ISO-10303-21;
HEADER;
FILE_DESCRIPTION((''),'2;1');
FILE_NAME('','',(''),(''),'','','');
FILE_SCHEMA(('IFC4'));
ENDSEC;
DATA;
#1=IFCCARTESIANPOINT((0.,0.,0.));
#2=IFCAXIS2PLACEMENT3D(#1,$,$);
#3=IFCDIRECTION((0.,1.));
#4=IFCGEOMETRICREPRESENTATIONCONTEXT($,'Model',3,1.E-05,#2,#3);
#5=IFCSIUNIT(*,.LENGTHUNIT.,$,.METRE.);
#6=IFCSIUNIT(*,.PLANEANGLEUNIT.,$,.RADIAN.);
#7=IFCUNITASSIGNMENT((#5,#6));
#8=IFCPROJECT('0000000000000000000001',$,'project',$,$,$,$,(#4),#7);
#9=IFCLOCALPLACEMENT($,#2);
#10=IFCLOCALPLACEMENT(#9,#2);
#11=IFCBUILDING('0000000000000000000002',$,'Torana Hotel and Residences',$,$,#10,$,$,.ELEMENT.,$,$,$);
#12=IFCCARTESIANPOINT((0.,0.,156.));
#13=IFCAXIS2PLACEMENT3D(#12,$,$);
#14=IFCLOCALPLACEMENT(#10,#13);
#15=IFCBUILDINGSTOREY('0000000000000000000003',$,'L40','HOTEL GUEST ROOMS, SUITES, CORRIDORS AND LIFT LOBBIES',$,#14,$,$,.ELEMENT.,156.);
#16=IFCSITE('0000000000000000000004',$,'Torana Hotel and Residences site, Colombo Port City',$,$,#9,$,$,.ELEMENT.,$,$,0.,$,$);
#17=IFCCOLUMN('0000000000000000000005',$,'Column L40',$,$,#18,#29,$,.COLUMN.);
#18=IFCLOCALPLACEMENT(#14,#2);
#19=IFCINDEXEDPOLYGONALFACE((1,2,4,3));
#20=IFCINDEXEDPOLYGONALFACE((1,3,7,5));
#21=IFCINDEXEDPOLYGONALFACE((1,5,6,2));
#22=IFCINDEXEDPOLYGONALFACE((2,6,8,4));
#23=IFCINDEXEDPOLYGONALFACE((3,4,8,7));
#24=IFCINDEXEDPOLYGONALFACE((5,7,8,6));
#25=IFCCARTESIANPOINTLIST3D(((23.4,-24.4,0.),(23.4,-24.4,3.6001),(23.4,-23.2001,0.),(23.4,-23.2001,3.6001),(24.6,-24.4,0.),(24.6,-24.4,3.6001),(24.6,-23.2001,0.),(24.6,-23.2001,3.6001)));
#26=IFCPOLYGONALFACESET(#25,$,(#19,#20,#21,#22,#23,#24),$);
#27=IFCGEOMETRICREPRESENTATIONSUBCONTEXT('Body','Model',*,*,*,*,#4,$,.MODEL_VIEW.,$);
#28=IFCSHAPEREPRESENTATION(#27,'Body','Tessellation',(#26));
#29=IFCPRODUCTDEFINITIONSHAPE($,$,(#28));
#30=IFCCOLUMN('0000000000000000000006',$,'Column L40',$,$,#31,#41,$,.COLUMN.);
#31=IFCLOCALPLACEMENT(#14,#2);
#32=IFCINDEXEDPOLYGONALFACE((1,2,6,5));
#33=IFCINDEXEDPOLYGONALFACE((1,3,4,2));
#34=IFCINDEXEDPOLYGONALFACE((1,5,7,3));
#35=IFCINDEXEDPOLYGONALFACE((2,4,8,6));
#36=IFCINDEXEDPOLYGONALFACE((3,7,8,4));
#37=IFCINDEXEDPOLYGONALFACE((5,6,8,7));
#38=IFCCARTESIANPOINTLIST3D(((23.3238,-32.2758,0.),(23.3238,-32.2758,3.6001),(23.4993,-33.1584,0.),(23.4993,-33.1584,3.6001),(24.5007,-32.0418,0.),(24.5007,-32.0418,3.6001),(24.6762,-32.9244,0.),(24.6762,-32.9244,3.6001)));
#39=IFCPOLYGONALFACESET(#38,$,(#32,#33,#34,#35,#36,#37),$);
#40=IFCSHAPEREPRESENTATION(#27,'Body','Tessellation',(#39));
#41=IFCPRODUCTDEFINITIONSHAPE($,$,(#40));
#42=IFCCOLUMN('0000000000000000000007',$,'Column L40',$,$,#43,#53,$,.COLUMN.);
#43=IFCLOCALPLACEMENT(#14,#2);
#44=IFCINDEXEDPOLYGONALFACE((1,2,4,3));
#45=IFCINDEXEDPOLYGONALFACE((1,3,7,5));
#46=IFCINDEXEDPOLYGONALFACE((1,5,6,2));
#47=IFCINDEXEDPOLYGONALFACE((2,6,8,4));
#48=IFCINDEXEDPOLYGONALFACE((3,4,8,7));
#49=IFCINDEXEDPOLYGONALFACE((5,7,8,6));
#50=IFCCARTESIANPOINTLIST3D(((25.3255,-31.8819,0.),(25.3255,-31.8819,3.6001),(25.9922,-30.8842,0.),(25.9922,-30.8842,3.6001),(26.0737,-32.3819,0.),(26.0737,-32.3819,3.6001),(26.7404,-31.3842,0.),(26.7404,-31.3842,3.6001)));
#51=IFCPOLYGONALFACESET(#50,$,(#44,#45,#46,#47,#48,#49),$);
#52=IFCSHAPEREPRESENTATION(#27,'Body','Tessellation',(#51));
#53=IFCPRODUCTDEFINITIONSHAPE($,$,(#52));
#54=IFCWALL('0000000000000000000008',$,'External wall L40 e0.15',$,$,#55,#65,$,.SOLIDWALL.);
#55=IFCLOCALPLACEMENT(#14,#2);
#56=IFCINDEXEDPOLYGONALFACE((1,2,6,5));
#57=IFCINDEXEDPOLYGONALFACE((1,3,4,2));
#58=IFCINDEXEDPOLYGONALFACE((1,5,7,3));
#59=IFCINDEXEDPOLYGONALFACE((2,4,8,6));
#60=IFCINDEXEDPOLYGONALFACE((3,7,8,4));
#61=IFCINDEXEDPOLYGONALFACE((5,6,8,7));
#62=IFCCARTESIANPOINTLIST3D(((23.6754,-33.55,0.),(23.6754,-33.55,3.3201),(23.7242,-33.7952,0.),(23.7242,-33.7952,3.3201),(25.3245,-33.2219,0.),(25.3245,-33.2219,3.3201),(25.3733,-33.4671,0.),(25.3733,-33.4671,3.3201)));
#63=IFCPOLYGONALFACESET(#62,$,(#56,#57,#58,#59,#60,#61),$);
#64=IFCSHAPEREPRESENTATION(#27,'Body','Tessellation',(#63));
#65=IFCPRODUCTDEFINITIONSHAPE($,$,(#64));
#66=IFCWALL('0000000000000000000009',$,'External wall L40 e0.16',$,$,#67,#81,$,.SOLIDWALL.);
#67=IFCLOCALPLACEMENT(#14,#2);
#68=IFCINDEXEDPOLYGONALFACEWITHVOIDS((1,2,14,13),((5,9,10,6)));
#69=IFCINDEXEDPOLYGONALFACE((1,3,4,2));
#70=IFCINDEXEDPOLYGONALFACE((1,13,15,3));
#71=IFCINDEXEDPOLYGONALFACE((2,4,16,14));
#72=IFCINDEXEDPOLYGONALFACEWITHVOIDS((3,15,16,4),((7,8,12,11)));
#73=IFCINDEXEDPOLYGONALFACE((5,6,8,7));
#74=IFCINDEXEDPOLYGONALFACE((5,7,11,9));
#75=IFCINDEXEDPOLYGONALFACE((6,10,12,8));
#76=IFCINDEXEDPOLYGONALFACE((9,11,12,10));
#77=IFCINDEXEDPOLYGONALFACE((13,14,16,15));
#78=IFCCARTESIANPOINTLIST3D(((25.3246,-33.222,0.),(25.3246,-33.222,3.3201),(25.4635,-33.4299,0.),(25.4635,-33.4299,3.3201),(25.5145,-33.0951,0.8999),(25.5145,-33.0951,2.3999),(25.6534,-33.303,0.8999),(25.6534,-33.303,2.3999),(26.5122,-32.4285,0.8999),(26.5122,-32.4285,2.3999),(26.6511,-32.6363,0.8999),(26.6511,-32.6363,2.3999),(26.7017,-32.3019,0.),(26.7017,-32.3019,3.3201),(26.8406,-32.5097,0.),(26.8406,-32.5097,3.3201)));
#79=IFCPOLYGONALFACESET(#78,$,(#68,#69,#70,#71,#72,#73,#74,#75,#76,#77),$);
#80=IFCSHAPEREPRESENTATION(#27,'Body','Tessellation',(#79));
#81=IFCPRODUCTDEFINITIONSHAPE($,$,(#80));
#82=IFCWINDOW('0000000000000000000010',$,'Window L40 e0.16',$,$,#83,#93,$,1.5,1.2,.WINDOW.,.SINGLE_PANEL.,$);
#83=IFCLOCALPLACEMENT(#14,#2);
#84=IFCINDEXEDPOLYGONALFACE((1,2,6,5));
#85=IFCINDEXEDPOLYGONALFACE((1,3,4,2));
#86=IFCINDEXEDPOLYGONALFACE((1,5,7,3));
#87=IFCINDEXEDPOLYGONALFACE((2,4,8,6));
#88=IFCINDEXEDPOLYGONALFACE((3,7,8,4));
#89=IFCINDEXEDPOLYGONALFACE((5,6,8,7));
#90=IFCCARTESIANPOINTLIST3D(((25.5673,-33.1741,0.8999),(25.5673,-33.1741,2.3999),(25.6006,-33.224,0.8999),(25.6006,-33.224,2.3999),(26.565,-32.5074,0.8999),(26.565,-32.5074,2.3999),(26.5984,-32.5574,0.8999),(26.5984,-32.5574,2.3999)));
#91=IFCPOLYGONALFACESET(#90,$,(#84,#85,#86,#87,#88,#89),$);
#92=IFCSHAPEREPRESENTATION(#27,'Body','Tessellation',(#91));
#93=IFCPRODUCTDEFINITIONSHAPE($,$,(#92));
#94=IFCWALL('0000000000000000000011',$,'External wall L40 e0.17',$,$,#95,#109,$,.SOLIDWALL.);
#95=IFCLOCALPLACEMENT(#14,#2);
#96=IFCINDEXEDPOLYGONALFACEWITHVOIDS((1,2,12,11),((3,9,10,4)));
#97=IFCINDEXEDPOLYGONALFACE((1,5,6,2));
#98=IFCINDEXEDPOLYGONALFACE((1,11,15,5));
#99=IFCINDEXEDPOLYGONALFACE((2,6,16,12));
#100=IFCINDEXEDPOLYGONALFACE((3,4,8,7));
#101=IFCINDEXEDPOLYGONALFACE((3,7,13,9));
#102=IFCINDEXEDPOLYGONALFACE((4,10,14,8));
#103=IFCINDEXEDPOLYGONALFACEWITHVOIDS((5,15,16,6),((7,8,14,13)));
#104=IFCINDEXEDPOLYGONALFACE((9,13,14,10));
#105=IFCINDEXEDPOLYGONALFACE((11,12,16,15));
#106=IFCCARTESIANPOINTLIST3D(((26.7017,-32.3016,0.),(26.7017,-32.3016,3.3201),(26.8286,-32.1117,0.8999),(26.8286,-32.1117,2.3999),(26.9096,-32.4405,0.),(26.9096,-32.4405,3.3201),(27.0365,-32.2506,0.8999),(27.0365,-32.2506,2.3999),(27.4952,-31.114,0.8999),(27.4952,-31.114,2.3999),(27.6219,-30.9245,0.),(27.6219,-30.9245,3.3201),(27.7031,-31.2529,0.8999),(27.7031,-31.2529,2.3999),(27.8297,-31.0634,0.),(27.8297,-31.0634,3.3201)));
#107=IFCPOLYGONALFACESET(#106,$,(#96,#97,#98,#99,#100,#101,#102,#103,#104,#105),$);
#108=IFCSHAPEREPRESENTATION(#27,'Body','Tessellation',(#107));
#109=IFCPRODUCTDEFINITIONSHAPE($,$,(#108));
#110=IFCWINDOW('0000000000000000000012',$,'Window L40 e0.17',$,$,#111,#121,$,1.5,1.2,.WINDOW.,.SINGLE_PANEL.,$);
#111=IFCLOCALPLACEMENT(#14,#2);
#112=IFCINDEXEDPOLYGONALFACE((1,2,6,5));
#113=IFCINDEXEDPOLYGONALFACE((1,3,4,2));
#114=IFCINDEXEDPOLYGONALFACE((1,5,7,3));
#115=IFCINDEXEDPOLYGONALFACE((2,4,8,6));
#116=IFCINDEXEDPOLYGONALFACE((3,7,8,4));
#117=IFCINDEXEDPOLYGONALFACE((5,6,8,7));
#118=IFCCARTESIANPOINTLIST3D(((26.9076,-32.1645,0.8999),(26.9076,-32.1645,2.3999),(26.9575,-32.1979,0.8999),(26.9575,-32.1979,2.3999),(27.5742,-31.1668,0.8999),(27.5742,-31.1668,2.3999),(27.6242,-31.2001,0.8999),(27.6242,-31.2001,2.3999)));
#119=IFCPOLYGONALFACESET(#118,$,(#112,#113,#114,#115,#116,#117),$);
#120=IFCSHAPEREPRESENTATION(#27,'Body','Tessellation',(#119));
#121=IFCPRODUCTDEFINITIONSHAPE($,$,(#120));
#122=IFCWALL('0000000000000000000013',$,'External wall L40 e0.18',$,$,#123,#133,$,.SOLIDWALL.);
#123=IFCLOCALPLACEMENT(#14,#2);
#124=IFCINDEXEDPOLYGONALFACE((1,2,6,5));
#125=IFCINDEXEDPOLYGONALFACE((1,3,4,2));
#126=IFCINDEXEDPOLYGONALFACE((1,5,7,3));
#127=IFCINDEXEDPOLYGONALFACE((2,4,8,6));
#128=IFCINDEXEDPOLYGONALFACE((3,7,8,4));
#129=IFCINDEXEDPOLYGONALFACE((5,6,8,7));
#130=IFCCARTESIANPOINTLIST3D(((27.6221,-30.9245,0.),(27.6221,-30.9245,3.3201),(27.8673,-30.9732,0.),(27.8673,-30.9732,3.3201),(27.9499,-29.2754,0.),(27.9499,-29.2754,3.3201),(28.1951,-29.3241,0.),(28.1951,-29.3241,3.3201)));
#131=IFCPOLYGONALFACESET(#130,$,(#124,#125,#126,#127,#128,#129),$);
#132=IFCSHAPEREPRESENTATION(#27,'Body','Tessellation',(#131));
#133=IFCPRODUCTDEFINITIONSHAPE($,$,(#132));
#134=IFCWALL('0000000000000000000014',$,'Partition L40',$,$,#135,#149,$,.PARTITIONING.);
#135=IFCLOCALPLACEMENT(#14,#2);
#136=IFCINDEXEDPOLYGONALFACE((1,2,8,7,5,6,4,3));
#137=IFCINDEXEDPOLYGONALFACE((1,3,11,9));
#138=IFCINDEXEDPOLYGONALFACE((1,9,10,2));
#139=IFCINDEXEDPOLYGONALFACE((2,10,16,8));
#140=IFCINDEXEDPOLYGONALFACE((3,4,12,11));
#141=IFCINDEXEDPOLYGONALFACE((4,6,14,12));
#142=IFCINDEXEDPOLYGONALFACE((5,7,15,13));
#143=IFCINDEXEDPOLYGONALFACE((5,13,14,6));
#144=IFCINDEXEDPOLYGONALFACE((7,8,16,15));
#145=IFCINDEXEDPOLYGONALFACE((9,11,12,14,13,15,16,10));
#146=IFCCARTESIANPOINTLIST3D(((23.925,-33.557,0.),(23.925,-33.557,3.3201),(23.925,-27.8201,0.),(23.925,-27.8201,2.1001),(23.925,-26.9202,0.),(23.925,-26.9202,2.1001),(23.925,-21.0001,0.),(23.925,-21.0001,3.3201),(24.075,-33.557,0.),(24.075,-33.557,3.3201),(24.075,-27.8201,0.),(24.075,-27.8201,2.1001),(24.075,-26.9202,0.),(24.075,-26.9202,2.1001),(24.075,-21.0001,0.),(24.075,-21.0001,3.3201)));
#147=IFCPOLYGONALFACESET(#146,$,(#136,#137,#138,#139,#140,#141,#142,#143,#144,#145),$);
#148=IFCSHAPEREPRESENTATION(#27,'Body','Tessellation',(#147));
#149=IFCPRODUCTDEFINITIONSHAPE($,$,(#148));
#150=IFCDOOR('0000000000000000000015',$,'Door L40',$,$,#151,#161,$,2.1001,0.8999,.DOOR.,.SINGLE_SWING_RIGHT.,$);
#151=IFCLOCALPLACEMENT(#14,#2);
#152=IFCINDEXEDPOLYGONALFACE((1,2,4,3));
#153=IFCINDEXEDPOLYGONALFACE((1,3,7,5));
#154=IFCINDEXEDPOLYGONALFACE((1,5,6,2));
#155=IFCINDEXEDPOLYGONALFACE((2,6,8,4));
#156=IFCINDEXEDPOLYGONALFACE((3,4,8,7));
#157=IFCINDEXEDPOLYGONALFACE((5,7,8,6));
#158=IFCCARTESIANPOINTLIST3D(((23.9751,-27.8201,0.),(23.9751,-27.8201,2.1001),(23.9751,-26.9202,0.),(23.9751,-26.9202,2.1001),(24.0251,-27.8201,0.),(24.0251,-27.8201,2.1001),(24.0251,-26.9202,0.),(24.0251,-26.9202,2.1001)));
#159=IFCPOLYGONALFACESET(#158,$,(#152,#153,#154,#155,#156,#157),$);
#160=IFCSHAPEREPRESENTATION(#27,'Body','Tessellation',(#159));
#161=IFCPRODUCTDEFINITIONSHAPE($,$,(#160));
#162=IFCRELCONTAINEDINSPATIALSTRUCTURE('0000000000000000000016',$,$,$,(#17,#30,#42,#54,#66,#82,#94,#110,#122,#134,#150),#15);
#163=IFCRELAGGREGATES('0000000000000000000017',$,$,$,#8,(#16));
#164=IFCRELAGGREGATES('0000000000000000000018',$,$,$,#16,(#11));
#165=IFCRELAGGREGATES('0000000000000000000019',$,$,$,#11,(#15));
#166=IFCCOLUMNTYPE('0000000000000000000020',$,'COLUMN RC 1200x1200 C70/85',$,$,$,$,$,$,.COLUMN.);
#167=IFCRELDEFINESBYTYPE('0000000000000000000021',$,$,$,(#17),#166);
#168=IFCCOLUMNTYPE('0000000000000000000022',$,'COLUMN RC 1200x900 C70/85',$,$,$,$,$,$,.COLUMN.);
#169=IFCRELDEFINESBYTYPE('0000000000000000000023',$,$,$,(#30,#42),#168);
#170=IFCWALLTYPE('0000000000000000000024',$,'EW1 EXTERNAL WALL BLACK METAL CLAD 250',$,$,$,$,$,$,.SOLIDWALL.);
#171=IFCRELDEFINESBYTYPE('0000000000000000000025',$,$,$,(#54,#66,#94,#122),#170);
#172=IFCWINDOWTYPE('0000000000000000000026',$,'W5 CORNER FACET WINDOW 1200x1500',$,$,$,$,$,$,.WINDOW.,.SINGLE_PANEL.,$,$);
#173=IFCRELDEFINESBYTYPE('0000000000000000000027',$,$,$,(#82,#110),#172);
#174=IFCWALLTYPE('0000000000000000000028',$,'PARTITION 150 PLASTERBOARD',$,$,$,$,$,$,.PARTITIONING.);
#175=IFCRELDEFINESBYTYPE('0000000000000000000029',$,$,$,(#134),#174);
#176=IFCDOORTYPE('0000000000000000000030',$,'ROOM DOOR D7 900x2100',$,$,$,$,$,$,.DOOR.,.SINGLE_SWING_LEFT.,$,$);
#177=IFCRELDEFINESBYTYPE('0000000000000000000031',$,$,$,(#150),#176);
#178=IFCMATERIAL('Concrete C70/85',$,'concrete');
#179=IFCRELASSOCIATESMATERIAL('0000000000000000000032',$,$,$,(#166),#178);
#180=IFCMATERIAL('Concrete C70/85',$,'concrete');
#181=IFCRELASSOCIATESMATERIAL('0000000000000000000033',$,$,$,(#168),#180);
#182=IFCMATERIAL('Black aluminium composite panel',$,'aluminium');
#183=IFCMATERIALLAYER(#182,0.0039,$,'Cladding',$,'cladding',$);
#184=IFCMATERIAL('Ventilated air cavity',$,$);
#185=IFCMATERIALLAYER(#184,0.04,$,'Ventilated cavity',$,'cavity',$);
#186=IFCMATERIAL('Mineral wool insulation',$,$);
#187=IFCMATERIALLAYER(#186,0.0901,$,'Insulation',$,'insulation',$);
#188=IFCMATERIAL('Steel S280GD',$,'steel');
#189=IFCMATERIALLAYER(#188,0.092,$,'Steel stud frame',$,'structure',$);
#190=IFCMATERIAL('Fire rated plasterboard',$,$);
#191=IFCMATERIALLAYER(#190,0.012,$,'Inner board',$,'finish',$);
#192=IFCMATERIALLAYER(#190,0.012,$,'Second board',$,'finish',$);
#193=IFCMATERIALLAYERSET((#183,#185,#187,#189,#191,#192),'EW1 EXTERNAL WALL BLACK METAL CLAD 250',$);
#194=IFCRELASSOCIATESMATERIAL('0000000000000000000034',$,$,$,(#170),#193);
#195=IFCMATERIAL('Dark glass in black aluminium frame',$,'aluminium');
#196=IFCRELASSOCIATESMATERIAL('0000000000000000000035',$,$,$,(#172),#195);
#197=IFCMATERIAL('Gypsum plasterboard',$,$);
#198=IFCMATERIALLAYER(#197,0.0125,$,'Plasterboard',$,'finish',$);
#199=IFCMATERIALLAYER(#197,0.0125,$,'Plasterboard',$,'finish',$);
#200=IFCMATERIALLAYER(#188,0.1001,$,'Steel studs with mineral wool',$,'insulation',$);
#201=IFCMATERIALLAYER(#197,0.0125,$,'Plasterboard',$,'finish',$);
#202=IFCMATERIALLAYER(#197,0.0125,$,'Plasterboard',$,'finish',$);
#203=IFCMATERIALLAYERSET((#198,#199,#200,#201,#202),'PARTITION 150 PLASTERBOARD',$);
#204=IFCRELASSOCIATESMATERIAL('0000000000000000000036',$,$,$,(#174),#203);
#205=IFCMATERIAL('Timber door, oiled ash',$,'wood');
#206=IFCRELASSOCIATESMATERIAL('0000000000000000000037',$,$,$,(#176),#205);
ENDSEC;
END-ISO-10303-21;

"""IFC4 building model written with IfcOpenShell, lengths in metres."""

from ifc_helpers import new_model, si_unit, direction, frame, frame_2d, origin, origin_2d, place, context, subcontext, project, spatial, rectangle, extrude, material, layer, layer_set, material_profile, profile_set, type_object, element, fill, save


model = new_model("IFC4")

# Units and contexts
model_context = context("Model", 3, precision=1e-05, world=origin(), true_north=direction((0.0, 1.0)))
body_context = subcontext(model_context, "Body", "Model", "MODEL_VIEW")
ifc_project = project(units=[si_unit("LENGTHUNIT", "METRE"), si_unit("PLANEANGLEUNIT", "RADIAN")], contexts=[model_context])

# Site, building, storey
site_placement = place(None, origin())
site = spatial("IfcSite", under=ifc_project, at=site_placement, Name="Torana Hotel and Residences site, Colombo Port City", CompositionType="ELEMENT", RefElevation=0.0)
building_placement = place(site_placement, origin())
building = spatial("IfcBuilding", under=site, at=building_placement, Name="Torana Hotel and Residences", CompositionType="ELEMENT")
storey_placement = place(building_placement, frame((0.0, 0.0, 156.0)))
storey = spatial("IfcBuildingStorey", under=building, at=storey_placement, Name="L40", Description="HOTEL GUEST ROOMS, SUITES, CORRIDORS AND LIFT LOBBIES", CompositionType="ELEMENT", Elevation=156.0)

# Columns
ifc_material_1 = material(Name="Concrete C70/85", Category="concrete")
ifc_material_profile_1 = material_profile(ifc_material_1, rectangle(XDim=1.2, YDim=1.2, at=origin_2d()), Name="RC 1200x1200")
ifc_profile_set_1 = profile_set([ifc_material_profile_1], Name="Concrete C70/85")
column_type_1 = type_object("IfcColumnType", Name="COLUMN RC 1200x1200 C70/85", PredefinedType="COLUMN", material=ifc_profile_set_1)
column_placement = place(storey_placement, frame((24.0, -23.8, 0.0), z_axis=(0.0, 0.0, 1.0), x_axis=(1.0, 0.0, 0.0)))
element("IfcColumn", 1, at=column_placement, inside=storey, type_object=column_type_1, Name="Column L40", PredefinedType="COLUMN", context=body_context, shape_type="SweptSolid", body=[
    extrude(rectangle(XDim=1.2, YDim=1.2, at=origin_2d()), origin(), (0.0, 0.0, 1.0), 3.6001),
])
ifc_material_2 = material(Name="Concrete C70/85", Category="concrete")
ifc_material_profile_2 = material_profile(ifc_material_2, rectangle(XDim=1.2, YDim=0.8999, at=origin_2d()), Name="RC 1200x900")
ifc_profile_set_2 = profile_set([ifc_material_profile_2], Name="Concrete C70/85")
column_type_2 = type_object("IfcColumnType", Name="COLUMN RC 1200x900 C70/85", PredefinedType="COLUMN", material=ifc_profile_set_2)
for number, where, z_axis, x_axis, name in (
    (2, (24.0, -32.6001, 0.0), (0.0, 0.0, 1.0), (0.980792, 0.195056, 0.0), "Column L40"),
    (3, (26.033, -31.6331, 0.0), (0.0, 0.0, 1.0), (0.555585, 0.83146, 0.0), "Column L40"),
):
    element("IfcColumn", number, at=place(storey_placement, frame(where, z_axis=z_axis, x_axis=x_axis)), inside=storey, type_object=column_type_2, Name=name, PredefinedType="COLUMN", context=body_context, shape_type="SweptSolid", body=[
        extrude(rectangle(XDim=1.2, YDim=0.8999, at=origin_2d()), origin(), (0.0, 0.0, 1.0), 3.6001),
    ])

# Wall
ifc_material_3 = material(Name="Black aluminium composite panel", Category="aluminium")
ifc_layer_1 = layer(ifc_material_3, 0.0039, Name="Cladding", Category="cladding")
ifc_material_4 = material(Name="Ventilated air cavity")
ifc_layer_2 = layer(ifc_material_4, 0.04, Name="Ventilated cavity", Category="cavity")
ifc_material_5 = material(Name="Mineral wool insulation")
ifc_layer_3 = layer(ifc_material_5, 0.0901, Name="Insulation", Category="insulation")
ifc_material_6 = material(Name="Steel S280GD", Category="steel")
ifc_layer_4 = layer(ifc_material_6, 0.092, Name="Steel stud frame", Category="structure")
ifc_material_7 = material(Name="Fire rated plasterboard")
ifc_layer_5 = layer(ifc_material_7, 0.012, Name="Inner board", Category="finish")
ifc_layer_6 = layer(ifc_material_7, 0.012, Name="Second board", Category="finish")
ifc_layer_set_1 = layer_set([ifc_layer_1, ifc_layer_2, ifc_layer_3, ifc_layer_4, ifc_layer_5, ifc_layer_6], Name="EW1 EXTERNAL WALL BLACK METAL CLAD 250")
wall_type_1 = type_object("IfcWallType", Name="EW1 EXTERNAL WALL BLACK METAL CLAD 250", PredefinedType="SOLIDWALL", material=ifc_layer_set_1)
wall_1_placement = place(storey_placement, frame((23.6997, -33.6726, 0.0), z_axis=(0.0, 0.0, 1.0), x_axis=(0.980776, 0.195139, 0.0)))
element("IfcWall", 4, at=wall_1_placement, inside=storey, type_object=wall_type_1, Name="External wall L40 e0.15", PredefinedType="SOLIDWALL", context=body_context, shape_type="SweptSolid", body=[
    extrude(rectangle(XDim=1.6814, YDim=0.25, at=frame_2d((0.8408, 0.0))), origin(), (0.0, 0.0, 1.0), 3.3201),
])

# Walls, openings, windows
wall_2_placement = place(storey_placement, frame((25.394, -33.3259, 0.0), z_axis=(0.0, 0.0, 1.0), x_axis=(0.831483, 0.55555, 0.0)))
wall_2 = element("IfcWall", 5, at=wall_2_placement, inside=storey, type_object=wall_type_1, Name="External wall L40 e0.16", PredefinedType="SOLIDWALL", context=body_context, shape_type="SweptSolid", body=[
    extrude(rectangle(XDim=1.6562, YDim=0.25, at=frame_2d((0.8281, 0.0))), origin(), (0.0, 0.0, 1.0), 3.3201),
])
opening_1_placement = place(wall_2_placement, frame((0.2283, 0.0, 0.8999)))
opening_1 = element("IfcOpeningElement", 6, at=opening_1_placement, cuts=wall_2, PredefinedType="OPENING", context=body_context, shape_type="SweptSolid", body=[
    extrude(rectangle(XDim=1.2, YDim=1.5, at=frame_2d((0.6001, 0.75))), frame((0.0, 0.135, 0.0), z_axis=(0.0, -1.0, 0.0), x_axis=(1.0, 0.0, 0.0)), (0.0, 0.0, 1.0), 0.27),
])
ifc_material_8 = material(Name="Dark glass in black aluminium frame", Category="aluminium")
window_type_1 = type_object("IfcWindowType", Name="W5 CORNER FACET WINDOW 1200x1500", PartitioningType="SINGLE_PANEL", PredefinedType="WINDOW", material=ifc_material_8)
window_1_placement = place(opening_1_placement, origin())
window_1 = element("IfcWindow", 7, at=window_1_placement, inside=storey, type_object=window_type_1, Name="Window L40 e0.16", OverallHeight=1.5, OverallWidth=1.2, PartitioningType="SINGLE_PANEL", PredefinedType="WINDOW", context=body_context, shape_type="SweptSolid", body=[
    extrude(rectangle(XDim=1.2, YDim=1.5, at=frame_2d((0.6001, 0.75))), frame((0.0, 0.03, 0.0), z_axis=(0.0, -1.0, 0.0), x_axis=(1.0, 0.0, 0.0)), (0.0, 0.0, 1.0), 0.0601),
])
fill(opening_1, window_1)
wall_3_placement = place(storey_placement, frame((26.8057, -32.3711, 0.0), z_axis=(0.0, 0.0, 1.0), x_axis=(0.55555, 0.831483, 0.0)))
wall_3 = element("IfcWall", 8, at=wall_3_placement, inside=storey, type_object=wall_type_1, Name="External wall L40 e0.17", PredefinedType="SOLIDWALL", context=body_context, shape_type="SweptSolid", body=[
    extrude(rectangle(XDim=1.6562, YDim=0.25, at=frame_2d((0.8281, 0.0))), origin(), (0.0, 0.0, 1.0), 3.3201),
])
opening_2_placement = place(wall_3_placement, frame((0.2283, 0.0, 0.8999)))
opening_2 = element("IfcOpeningElement", 9, at=opening_2_placement, cuts=wall_3, PredefinedType="OPENING", context=body_context, shape_type="SweptSolid", body=[
    extrude(rectangle(XDim=1.2, YDim=1.5, at=frame_2d((0.6001, 0.75))), frame((0.0, 0.135, 0.0), z_axis=(0.0, -1.0, 0.0), x_axis=(1.0, 0.0, 0.0)), (0.0, 0.0, 1.0), 0.27),
])
window_2_placement = place(opening_2_placement, origin())
window_2 = element("IfcWindow", 10, at=window_2_placement, inside=storey, type_object=window_type_1, Name="Window L40 e0.17", OverallHeight=1.5, OverallWidth=1.2, PartitioningType="SINGLE_PANEL", PredefinedType="WINDOW", context=body_context, shape_type="SweptSolid", body=[
    extrude(rectangle(XDim=1.2, YDim=1.5, at=frame_2d((0.6001, 0.75))), frame((0.0, 0.03, 0.0), z_axis=(0.0, -1.0, 0.0), x_axis=(1.0, 0.0, 0.0)), (0.0, 0.0, 1.0), 0.0601),
])
fill(opening_2, window_2)

# Wall
wall_4_placement = place(storey_placement, frame((27.7446, -30.949, 0.0), z_axis=(0.0, 0.0, 1.0), x_axis=(0.194999, 0.980803, 0.0)))
element("IfcWall", 11, at=wall_4_placement, inside=storey, type_object=wall_type_1, Name="External wall L40 e0.18", PredefinedType="SOLIDWALL", context=body_context, shape_type="SweptSolid", body=[
    extrude(rectangle(XDim=1.6814, YDim=0.25, at=frame_2d((0.8408, 0.0))), origin(), (0.0, 0.0, 1.0), 3.3201),
])

# Wall, opening, door
ifc_material_9 = material(Name="Gypsum plasterboard")
ifc_layer_7 = layer(ifc_material_9, 0.0125, Name="Plasterboard", Category="finish")
ifc_layer_8 = layer(ifc_material_9, 0.0125, Name="Plasterboard", Category="finish")
ifc_layer_9 = layer(ifc_material_6, 0.1001, Name="Steel studs with mineral wool", Category="insulation")
ifc_layer_10 = layer(ifc_material_9, 0.0125, Name="Plasterboard", Category="finish")
ifc_layer_11 = layer(ifc_material_9, 0.0125, Name="Plasterboard", Category="finish")
ifc_layer_set_2 = layer_set([ifc_layer_7, ifc_layer_8, ifc_layer_9, ifc_layer_10, ifc_layer_11], Name="PARTITION 150 PLASTERBOARD")
wall_type_2 = type_object("IfcWallType", Name="PARTITION 150 PLASTERBOARD", PredefinedType="PARTITIONING", material=ifc_layer_set_2)
wall_5_placement = place(storey_placement, frame((24.0, -33.5569, 0.0), z_axis=(0.0, 0.0, 1.0), x_axis=(0.0, 1.0, 0.0)))
wall_5 = element("IfcWall", 12, at=wall_5_placement, inside=storey, type_object=wall_type_2, Name="Partition L40", PredefinedType="PARTITIONING", context=body_context, shape_type="SweptSolid", body=[
    extrude(rectangle(XDim=12.5569, YDim=0.1499, at=frame_2d((6.2783, 0.0))), origin(), (0.0, 0.0, 1.0), 3.3201),
])
opening_3_placement = place(wall_5_placement, frame((5.7368, 0.0, 0.0)))
opening_3 = element("IfcOpeningElement", 13, at=opening_3_placement, cuts=wall_5, PredefinedType="OPENING", context=body_context, shape_type="SweptSolid", body=[
    extrude(rectangle(XDim=0.8999, YDim=2.1001, at=frame_2d((0.45, 1.05))), frame((0.0, 0.085, 0.0), z_axis=(0.0, -1.0, 0.0), x_axis=(1.0, 0.0, 0.0)), (0.0, 0.0, 1.0), 0.1699),
])
ifc_material_10 = material(Name="Timber door, oiled ash", Category="wood")
door_type_1 = type_object("IfcDoorType", Name="ROOM DOOR D7 900x2100", OperationType="SINGLE_SWING_LEFT", PredefinedType="DOOR", material=ifc_material_10)
door_1_placement = place(opening_3_placement, origin())
door_1 = element("IfcDoor", 14, at=door_1_placement, inside=storey, type_object=door_type_1, Name="Door L40", OperationType="SINGLE_SWING_RIGHT", OverallHeight=2.1001, OverallWidth=0.8999, PredefinedType="DOOR", context=body_context, shape_type="SweptSolid", body=[
    extrude(rectangle(XDim=0.8999, YDim=2.1001, at=frame_2d((0.45, 1.05))), frame((0.0, 0.0249, 0.0), z_axis=(0.0, -1.0, 0.0), x_axis=(1.0, 0.0, 0.0)), (0.0, 0.0, 1.0), 0.05),
])
fill(opening_3, door_1)

save(model, "model.ifc")
